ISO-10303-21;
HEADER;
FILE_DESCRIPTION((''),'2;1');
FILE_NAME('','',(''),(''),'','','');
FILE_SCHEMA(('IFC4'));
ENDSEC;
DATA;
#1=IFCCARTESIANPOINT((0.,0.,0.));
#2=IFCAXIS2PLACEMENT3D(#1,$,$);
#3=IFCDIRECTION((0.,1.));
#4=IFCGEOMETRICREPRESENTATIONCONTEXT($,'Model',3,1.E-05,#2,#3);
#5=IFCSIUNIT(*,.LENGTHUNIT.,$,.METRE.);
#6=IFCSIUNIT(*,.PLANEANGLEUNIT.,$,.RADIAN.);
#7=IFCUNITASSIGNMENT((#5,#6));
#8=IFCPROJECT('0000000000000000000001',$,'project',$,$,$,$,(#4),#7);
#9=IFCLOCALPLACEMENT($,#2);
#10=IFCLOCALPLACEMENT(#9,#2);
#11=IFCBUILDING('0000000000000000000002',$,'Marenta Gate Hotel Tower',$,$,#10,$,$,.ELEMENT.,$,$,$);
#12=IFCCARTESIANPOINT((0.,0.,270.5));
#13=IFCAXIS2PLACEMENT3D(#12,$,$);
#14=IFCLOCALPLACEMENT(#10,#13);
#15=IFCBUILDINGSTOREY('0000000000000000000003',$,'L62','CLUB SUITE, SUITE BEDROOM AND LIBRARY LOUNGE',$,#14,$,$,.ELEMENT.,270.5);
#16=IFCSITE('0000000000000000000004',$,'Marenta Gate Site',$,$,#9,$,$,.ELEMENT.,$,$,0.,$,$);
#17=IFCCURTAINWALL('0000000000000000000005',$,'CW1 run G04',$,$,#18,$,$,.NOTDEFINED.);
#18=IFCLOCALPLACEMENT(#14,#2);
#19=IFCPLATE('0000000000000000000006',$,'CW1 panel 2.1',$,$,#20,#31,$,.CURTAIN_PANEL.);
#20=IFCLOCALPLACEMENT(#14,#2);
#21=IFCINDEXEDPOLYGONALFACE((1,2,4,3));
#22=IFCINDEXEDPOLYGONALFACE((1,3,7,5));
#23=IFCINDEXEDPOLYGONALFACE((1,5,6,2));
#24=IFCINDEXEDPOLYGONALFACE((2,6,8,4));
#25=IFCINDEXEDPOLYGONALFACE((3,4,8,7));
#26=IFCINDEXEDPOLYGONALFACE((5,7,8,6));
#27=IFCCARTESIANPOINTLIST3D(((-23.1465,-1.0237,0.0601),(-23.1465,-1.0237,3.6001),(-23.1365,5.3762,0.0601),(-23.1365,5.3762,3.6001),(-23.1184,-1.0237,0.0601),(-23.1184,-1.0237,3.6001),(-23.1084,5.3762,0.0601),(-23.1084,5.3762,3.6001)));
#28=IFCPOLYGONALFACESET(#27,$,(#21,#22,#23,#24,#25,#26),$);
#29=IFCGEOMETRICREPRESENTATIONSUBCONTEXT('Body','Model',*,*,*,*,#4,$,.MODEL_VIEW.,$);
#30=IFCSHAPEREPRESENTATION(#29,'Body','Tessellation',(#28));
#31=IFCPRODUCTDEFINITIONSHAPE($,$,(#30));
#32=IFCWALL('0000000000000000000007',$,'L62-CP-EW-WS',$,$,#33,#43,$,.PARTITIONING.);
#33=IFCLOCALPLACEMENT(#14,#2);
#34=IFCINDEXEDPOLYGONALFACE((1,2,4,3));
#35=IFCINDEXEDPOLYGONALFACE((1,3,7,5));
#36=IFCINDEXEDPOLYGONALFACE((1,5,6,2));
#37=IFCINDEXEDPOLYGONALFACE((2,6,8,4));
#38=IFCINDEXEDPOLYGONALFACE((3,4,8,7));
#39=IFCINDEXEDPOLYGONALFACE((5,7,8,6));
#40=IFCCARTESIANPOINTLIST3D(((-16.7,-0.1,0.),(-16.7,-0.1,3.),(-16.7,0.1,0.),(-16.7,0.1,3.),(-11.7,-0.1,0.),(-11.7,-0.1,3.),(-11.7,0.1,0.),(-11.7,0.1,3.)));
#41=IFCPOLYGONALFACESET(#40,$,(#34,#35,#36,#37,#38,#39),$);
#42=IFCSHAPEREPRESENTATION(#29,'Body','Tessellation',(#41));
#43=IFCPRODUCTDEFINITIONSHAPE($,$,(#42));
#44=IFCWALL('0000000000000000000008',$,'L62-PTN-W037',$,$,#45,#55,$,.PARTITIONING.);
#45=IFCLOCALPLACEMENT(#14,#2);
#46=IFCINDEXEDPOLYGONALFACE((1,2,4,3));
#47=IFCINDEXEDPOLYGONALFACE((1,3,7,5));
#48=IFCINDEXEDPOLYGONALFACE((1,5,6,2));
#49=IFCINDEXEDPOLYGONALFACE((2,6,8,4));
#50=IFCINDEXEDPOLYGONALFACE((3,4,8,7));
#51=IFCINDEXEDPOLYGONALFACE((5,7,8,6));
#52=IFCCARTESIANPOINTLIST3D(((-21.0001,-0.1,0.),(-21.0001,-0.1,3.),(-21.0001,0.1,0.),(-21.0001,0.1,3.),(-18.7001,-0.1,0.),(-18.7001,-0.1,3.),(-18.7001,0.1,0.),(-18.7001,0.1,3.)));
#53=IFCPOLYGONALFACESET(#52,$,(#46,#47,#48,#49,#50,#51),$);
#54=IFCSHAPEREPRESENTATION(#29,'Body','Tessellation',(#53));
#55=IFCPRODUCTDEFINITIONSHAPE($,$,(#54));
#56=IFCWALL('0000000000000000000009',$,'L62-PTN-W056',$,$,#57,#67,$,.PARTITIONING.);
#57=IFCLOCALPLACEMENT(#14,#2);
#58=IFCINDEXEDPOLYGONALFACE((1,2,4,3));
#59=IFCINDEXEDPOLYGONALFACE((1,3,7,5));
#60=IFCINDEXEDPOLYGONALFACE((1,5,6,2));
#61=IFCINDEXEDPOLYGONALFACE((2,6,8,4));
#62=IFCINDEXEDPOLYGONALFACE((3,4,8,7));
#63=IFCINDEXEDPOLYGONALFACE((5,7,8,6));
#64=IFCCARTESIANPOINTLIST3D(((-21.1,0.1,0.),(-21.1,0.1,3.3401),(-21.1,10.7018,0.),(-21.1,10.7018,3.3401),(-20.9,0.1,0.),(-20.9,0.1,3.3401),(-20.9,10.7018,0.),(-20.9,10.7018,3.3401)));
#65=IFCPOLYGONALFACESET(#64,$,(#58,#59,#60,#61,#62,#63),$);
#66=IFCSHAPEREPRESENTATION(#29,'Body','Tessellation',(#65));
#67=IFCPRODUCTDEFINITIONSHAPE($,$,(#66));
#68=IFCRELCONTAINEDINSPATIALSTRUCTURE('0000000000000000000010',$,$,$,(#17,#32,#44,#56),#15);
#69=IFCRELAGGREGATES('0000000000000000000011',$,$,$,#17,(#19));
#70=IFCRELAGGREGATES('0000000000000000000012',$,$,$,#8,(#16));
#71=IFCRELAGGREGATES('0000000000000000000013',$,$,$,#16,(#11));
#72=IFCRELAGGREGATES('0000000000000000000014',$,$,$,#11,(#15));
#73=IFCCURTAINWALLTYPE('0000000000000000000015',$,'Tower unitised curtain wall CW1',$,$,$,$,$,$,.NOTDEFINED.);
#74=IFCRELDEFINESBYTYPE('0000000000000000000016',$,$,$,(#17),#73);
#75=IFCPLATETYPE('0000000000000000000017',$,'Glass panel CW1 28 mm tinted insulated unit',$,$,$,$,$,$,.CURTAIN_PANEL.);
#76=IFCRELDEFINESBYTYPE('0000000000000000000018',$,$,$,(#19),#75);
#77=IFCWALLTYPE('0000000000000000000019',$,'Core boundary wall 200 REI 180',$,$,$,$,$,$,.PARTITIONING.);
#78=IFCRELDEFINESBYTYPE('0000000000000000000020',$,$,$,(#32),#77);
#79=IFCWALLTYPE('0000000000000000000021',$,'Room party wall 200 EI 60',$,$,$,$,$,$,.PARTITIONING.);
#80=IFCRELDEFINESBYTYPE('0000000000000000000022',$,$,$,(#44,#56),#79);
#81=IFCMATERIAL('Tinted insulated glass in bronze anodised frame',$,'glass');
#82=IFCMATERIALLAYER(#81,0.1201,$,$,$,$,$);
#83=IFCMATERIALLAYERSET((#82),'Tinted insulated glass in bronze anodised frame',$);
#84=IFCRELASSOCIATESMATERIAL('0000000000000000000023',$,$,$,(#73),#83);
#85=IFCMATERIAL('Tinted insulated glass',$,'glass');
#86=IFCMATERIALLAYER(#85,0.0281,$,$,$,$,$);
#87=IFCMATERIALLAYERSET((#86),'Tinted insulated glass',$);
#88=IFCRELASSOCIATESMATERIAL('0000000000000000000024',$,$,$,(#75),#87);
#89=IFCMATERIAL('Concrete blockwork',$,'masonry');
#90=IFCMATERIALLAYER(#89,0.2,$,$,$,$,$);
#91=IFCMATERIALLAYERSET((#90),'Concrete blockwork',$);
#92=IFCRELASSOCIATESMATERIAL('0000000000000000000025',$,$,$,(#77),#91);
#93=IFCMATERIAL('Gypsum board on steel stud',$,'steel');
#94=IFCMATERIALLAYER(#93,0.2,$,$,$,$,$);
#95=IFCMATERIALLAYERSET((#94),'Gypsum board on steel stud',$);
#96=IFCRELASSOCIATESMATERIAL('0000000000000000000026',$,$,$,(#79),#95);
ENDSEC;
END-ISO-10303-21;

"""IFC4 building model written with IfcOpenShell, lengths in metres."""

from ifc_helpers import new_model, si_unit, direction, frame, frame_2d, origin, origin_2d, place, context, subcontext, project, spatial, rectangle, extrude, material, layer, layer_set, type_object, element, aggregate, save


model = new_model("IFC4")

# Units and contexts
model_context = context("Model", 3, precision=1e-05, world=origin(), true_north=direction((0.0, 1.0)))
body_context = subcontext(model_context, "Body", "Model", "MODEL_VIEW")
ifc_project = project(units=[si_unit("LENGTHUNIT", "METRE"), si_unit("PLANEANGLEUNIT", "RADIAN")], contexts=[model_context])

# Site, building, storey
site_placement = place(None, origin())
site = spatial("IfcSite", under=ifc_project, at=site_placement, Name="Marenta Gate Site", CompositionType="ELEMENT", RefElevation=0.0)
building_placement = place(site_placement, origin())
building = spatial("IfcBuilding", under=site, at=building_placement, Name="Marenta Gate Hotel Tower", CompositionType="ELEMENT")
storey_placement = place(building_placement, frame((0.0, 0.0, 270.5)))
storey = spatial("IfcBuildingStorey", under=building, at=storey_placement, Name="L62", Description="CLUB SUITE, SUITE BEDROOM AND LIBRARY LOUNGE", CompositionType="ELEMENT", Elevation=270.5)

# Curtain wall, plate
ifc_material_1 = material(Name="Tinted insulated glass in bronze anodised frame", Category="glass")
ifc_layer_1 = layer(ifc_material_1, 0.1201)
ifc_layer_set_1 = layer_set([ifc_layer_1], Name="Tinted insulated glass in bronze anodised frame")
curtain_wall_type = type_object("IfcCurtainWallType", Name="Tower unitised curtain wall CW1", PredefinedType="NOTDEFINED", material=ifc_layer_set_1)
curtain_wall_placement = place(storey_placement, origin())
curtain_wall = element("IfcCurtainWall", 1, at=curtain_wall_placement, inside=storey, type_object=curtain_wall_type, Name="CW1 run G04", PredefinedType="NOTDEFINED")
ifc_material_2 = material(Name="Tinted insulated glass", Category="glass")
ifc_layer_2 = layer(ifc_material_2, 0.0281)
ifc_layer_set_2 = layer_set([ifc_layer_2], Name="Tinted insulated glass")
plate_type = type_object("IfcPlateType", Name="Glass panel CW1 28 mm tinted insulated unit", PredefinedType="CURTAIN_PANEL", material=ifc_layer_set_2)
plate_placement = place(storey_placement, frame((-23.1274, 2.1763, 0.0601), z_axis=(0.0, 0.0, 1.0), x_axis=(-0.001566, -0.999999, 0.0)))
plate = element("IfcPlate", 2, at=plate_placement, type_object=plate_type, Name="CW1 panel 2.1", PredefinedType="CURTAIN_PANEL", context=body_context, shape_type="SweptSolid", body=[
    extrude(rectangle(XDim=6.3999, YDim=0.0281, at=origin_2d()), origin(), (0.0, 0.0, 1.0), 3.54),
])
aggregate(curtain_wall, [plate])

# Shared definitions
ifc_material_3 = material(Name="Concrete blockwork", Category="masonry")
ifc_layer_3 = layer(ifc_material_3, 0.2)
ifc_layer_set_3 = layer_set([ifc_layer_3], Name="Concrete blockwork")
wall_type_1 = type_object("IfcWallType", Name="Core boundary wall 200 REI 180", PredefinedType="PARTITIONING", material=ifc_layer_set_3)

# Walls
wall_1_placement = place(storey_placement, frame((-16.7, 0.0, 0.0), z_axis=(0.0, 0.0, 1.0), x_axis=(1.0, 0.0, 0.0)))
element("IfcWall", 3, at=wall_1_placement, inside=storey, type_object=wall_type_1, Name="L62-CP-EW-WS", PredefinedType="PARTITIONING", context=body_context, shape_type="SweptSolid", body=[
    extrude(rectangle(XDim=5.0, YDim=0.2, at=frame_2d((2.5, 0.0))), origin(), (0.0, 0.0, 1.0), 3.0),
])
ifc_material_4 = material(Name="Gypsum board on steel stud", Category="steel")
ifc_layer_4 = layer(ifc_material_4, 0.2)
ifc_layer_set_4 = layer_set([ifc_layer_4], Name="Gypsum board on steel stud")
wall_type_2 = type_object("IfcWallType", Name="Room party wall 200 EI 60", PredefinedType="PARTITIONING", material=ifc_layer_set_4)
wall_2_placement = place(storey_placement, frame((-21.0, 0.0, 0.0), z_axis=(0.0, 0.0, 1.0), x_axis=(1.0, 0.0, 0.0)))
element("IfcWall", 4, at=wall_2_placement, inside=storey, type_object=wall_type_2, Name="L62-PTN-W037", PredefinedType="PARTITIONING", context=body_context, shape_type="SweptSolid", body=[
    extrude(rectangle(XDim=2.3, YDim=0.2, at=frame_2d((1.1499, 0.0))), origin(), (0.0, 0.0, 1.0), 3.0),
])
wall_3_placement = place(storey_placement, frame((-21.0, 0.1001, 0.0), z_axis=(0.0, 0.0, 1.0), x_axis=(0.0, 1.0, 0.0)))
element("IfcWall", 5, at=wall_3_placement, inside=storey, type_object=wall_type_2, Name="L62-PTN-W056", PredefinedType="PARTITIONING", context=body_context, shape_type="SweptSolid", body=[
    extrude(rectangle(XDim=10.6018, YDim=0.2, at=frame_2d((5.3008, 0.0))), origin(), (0.0, 0.0, 1.0), 3.3401),
])

save(model, "model.ifc")
